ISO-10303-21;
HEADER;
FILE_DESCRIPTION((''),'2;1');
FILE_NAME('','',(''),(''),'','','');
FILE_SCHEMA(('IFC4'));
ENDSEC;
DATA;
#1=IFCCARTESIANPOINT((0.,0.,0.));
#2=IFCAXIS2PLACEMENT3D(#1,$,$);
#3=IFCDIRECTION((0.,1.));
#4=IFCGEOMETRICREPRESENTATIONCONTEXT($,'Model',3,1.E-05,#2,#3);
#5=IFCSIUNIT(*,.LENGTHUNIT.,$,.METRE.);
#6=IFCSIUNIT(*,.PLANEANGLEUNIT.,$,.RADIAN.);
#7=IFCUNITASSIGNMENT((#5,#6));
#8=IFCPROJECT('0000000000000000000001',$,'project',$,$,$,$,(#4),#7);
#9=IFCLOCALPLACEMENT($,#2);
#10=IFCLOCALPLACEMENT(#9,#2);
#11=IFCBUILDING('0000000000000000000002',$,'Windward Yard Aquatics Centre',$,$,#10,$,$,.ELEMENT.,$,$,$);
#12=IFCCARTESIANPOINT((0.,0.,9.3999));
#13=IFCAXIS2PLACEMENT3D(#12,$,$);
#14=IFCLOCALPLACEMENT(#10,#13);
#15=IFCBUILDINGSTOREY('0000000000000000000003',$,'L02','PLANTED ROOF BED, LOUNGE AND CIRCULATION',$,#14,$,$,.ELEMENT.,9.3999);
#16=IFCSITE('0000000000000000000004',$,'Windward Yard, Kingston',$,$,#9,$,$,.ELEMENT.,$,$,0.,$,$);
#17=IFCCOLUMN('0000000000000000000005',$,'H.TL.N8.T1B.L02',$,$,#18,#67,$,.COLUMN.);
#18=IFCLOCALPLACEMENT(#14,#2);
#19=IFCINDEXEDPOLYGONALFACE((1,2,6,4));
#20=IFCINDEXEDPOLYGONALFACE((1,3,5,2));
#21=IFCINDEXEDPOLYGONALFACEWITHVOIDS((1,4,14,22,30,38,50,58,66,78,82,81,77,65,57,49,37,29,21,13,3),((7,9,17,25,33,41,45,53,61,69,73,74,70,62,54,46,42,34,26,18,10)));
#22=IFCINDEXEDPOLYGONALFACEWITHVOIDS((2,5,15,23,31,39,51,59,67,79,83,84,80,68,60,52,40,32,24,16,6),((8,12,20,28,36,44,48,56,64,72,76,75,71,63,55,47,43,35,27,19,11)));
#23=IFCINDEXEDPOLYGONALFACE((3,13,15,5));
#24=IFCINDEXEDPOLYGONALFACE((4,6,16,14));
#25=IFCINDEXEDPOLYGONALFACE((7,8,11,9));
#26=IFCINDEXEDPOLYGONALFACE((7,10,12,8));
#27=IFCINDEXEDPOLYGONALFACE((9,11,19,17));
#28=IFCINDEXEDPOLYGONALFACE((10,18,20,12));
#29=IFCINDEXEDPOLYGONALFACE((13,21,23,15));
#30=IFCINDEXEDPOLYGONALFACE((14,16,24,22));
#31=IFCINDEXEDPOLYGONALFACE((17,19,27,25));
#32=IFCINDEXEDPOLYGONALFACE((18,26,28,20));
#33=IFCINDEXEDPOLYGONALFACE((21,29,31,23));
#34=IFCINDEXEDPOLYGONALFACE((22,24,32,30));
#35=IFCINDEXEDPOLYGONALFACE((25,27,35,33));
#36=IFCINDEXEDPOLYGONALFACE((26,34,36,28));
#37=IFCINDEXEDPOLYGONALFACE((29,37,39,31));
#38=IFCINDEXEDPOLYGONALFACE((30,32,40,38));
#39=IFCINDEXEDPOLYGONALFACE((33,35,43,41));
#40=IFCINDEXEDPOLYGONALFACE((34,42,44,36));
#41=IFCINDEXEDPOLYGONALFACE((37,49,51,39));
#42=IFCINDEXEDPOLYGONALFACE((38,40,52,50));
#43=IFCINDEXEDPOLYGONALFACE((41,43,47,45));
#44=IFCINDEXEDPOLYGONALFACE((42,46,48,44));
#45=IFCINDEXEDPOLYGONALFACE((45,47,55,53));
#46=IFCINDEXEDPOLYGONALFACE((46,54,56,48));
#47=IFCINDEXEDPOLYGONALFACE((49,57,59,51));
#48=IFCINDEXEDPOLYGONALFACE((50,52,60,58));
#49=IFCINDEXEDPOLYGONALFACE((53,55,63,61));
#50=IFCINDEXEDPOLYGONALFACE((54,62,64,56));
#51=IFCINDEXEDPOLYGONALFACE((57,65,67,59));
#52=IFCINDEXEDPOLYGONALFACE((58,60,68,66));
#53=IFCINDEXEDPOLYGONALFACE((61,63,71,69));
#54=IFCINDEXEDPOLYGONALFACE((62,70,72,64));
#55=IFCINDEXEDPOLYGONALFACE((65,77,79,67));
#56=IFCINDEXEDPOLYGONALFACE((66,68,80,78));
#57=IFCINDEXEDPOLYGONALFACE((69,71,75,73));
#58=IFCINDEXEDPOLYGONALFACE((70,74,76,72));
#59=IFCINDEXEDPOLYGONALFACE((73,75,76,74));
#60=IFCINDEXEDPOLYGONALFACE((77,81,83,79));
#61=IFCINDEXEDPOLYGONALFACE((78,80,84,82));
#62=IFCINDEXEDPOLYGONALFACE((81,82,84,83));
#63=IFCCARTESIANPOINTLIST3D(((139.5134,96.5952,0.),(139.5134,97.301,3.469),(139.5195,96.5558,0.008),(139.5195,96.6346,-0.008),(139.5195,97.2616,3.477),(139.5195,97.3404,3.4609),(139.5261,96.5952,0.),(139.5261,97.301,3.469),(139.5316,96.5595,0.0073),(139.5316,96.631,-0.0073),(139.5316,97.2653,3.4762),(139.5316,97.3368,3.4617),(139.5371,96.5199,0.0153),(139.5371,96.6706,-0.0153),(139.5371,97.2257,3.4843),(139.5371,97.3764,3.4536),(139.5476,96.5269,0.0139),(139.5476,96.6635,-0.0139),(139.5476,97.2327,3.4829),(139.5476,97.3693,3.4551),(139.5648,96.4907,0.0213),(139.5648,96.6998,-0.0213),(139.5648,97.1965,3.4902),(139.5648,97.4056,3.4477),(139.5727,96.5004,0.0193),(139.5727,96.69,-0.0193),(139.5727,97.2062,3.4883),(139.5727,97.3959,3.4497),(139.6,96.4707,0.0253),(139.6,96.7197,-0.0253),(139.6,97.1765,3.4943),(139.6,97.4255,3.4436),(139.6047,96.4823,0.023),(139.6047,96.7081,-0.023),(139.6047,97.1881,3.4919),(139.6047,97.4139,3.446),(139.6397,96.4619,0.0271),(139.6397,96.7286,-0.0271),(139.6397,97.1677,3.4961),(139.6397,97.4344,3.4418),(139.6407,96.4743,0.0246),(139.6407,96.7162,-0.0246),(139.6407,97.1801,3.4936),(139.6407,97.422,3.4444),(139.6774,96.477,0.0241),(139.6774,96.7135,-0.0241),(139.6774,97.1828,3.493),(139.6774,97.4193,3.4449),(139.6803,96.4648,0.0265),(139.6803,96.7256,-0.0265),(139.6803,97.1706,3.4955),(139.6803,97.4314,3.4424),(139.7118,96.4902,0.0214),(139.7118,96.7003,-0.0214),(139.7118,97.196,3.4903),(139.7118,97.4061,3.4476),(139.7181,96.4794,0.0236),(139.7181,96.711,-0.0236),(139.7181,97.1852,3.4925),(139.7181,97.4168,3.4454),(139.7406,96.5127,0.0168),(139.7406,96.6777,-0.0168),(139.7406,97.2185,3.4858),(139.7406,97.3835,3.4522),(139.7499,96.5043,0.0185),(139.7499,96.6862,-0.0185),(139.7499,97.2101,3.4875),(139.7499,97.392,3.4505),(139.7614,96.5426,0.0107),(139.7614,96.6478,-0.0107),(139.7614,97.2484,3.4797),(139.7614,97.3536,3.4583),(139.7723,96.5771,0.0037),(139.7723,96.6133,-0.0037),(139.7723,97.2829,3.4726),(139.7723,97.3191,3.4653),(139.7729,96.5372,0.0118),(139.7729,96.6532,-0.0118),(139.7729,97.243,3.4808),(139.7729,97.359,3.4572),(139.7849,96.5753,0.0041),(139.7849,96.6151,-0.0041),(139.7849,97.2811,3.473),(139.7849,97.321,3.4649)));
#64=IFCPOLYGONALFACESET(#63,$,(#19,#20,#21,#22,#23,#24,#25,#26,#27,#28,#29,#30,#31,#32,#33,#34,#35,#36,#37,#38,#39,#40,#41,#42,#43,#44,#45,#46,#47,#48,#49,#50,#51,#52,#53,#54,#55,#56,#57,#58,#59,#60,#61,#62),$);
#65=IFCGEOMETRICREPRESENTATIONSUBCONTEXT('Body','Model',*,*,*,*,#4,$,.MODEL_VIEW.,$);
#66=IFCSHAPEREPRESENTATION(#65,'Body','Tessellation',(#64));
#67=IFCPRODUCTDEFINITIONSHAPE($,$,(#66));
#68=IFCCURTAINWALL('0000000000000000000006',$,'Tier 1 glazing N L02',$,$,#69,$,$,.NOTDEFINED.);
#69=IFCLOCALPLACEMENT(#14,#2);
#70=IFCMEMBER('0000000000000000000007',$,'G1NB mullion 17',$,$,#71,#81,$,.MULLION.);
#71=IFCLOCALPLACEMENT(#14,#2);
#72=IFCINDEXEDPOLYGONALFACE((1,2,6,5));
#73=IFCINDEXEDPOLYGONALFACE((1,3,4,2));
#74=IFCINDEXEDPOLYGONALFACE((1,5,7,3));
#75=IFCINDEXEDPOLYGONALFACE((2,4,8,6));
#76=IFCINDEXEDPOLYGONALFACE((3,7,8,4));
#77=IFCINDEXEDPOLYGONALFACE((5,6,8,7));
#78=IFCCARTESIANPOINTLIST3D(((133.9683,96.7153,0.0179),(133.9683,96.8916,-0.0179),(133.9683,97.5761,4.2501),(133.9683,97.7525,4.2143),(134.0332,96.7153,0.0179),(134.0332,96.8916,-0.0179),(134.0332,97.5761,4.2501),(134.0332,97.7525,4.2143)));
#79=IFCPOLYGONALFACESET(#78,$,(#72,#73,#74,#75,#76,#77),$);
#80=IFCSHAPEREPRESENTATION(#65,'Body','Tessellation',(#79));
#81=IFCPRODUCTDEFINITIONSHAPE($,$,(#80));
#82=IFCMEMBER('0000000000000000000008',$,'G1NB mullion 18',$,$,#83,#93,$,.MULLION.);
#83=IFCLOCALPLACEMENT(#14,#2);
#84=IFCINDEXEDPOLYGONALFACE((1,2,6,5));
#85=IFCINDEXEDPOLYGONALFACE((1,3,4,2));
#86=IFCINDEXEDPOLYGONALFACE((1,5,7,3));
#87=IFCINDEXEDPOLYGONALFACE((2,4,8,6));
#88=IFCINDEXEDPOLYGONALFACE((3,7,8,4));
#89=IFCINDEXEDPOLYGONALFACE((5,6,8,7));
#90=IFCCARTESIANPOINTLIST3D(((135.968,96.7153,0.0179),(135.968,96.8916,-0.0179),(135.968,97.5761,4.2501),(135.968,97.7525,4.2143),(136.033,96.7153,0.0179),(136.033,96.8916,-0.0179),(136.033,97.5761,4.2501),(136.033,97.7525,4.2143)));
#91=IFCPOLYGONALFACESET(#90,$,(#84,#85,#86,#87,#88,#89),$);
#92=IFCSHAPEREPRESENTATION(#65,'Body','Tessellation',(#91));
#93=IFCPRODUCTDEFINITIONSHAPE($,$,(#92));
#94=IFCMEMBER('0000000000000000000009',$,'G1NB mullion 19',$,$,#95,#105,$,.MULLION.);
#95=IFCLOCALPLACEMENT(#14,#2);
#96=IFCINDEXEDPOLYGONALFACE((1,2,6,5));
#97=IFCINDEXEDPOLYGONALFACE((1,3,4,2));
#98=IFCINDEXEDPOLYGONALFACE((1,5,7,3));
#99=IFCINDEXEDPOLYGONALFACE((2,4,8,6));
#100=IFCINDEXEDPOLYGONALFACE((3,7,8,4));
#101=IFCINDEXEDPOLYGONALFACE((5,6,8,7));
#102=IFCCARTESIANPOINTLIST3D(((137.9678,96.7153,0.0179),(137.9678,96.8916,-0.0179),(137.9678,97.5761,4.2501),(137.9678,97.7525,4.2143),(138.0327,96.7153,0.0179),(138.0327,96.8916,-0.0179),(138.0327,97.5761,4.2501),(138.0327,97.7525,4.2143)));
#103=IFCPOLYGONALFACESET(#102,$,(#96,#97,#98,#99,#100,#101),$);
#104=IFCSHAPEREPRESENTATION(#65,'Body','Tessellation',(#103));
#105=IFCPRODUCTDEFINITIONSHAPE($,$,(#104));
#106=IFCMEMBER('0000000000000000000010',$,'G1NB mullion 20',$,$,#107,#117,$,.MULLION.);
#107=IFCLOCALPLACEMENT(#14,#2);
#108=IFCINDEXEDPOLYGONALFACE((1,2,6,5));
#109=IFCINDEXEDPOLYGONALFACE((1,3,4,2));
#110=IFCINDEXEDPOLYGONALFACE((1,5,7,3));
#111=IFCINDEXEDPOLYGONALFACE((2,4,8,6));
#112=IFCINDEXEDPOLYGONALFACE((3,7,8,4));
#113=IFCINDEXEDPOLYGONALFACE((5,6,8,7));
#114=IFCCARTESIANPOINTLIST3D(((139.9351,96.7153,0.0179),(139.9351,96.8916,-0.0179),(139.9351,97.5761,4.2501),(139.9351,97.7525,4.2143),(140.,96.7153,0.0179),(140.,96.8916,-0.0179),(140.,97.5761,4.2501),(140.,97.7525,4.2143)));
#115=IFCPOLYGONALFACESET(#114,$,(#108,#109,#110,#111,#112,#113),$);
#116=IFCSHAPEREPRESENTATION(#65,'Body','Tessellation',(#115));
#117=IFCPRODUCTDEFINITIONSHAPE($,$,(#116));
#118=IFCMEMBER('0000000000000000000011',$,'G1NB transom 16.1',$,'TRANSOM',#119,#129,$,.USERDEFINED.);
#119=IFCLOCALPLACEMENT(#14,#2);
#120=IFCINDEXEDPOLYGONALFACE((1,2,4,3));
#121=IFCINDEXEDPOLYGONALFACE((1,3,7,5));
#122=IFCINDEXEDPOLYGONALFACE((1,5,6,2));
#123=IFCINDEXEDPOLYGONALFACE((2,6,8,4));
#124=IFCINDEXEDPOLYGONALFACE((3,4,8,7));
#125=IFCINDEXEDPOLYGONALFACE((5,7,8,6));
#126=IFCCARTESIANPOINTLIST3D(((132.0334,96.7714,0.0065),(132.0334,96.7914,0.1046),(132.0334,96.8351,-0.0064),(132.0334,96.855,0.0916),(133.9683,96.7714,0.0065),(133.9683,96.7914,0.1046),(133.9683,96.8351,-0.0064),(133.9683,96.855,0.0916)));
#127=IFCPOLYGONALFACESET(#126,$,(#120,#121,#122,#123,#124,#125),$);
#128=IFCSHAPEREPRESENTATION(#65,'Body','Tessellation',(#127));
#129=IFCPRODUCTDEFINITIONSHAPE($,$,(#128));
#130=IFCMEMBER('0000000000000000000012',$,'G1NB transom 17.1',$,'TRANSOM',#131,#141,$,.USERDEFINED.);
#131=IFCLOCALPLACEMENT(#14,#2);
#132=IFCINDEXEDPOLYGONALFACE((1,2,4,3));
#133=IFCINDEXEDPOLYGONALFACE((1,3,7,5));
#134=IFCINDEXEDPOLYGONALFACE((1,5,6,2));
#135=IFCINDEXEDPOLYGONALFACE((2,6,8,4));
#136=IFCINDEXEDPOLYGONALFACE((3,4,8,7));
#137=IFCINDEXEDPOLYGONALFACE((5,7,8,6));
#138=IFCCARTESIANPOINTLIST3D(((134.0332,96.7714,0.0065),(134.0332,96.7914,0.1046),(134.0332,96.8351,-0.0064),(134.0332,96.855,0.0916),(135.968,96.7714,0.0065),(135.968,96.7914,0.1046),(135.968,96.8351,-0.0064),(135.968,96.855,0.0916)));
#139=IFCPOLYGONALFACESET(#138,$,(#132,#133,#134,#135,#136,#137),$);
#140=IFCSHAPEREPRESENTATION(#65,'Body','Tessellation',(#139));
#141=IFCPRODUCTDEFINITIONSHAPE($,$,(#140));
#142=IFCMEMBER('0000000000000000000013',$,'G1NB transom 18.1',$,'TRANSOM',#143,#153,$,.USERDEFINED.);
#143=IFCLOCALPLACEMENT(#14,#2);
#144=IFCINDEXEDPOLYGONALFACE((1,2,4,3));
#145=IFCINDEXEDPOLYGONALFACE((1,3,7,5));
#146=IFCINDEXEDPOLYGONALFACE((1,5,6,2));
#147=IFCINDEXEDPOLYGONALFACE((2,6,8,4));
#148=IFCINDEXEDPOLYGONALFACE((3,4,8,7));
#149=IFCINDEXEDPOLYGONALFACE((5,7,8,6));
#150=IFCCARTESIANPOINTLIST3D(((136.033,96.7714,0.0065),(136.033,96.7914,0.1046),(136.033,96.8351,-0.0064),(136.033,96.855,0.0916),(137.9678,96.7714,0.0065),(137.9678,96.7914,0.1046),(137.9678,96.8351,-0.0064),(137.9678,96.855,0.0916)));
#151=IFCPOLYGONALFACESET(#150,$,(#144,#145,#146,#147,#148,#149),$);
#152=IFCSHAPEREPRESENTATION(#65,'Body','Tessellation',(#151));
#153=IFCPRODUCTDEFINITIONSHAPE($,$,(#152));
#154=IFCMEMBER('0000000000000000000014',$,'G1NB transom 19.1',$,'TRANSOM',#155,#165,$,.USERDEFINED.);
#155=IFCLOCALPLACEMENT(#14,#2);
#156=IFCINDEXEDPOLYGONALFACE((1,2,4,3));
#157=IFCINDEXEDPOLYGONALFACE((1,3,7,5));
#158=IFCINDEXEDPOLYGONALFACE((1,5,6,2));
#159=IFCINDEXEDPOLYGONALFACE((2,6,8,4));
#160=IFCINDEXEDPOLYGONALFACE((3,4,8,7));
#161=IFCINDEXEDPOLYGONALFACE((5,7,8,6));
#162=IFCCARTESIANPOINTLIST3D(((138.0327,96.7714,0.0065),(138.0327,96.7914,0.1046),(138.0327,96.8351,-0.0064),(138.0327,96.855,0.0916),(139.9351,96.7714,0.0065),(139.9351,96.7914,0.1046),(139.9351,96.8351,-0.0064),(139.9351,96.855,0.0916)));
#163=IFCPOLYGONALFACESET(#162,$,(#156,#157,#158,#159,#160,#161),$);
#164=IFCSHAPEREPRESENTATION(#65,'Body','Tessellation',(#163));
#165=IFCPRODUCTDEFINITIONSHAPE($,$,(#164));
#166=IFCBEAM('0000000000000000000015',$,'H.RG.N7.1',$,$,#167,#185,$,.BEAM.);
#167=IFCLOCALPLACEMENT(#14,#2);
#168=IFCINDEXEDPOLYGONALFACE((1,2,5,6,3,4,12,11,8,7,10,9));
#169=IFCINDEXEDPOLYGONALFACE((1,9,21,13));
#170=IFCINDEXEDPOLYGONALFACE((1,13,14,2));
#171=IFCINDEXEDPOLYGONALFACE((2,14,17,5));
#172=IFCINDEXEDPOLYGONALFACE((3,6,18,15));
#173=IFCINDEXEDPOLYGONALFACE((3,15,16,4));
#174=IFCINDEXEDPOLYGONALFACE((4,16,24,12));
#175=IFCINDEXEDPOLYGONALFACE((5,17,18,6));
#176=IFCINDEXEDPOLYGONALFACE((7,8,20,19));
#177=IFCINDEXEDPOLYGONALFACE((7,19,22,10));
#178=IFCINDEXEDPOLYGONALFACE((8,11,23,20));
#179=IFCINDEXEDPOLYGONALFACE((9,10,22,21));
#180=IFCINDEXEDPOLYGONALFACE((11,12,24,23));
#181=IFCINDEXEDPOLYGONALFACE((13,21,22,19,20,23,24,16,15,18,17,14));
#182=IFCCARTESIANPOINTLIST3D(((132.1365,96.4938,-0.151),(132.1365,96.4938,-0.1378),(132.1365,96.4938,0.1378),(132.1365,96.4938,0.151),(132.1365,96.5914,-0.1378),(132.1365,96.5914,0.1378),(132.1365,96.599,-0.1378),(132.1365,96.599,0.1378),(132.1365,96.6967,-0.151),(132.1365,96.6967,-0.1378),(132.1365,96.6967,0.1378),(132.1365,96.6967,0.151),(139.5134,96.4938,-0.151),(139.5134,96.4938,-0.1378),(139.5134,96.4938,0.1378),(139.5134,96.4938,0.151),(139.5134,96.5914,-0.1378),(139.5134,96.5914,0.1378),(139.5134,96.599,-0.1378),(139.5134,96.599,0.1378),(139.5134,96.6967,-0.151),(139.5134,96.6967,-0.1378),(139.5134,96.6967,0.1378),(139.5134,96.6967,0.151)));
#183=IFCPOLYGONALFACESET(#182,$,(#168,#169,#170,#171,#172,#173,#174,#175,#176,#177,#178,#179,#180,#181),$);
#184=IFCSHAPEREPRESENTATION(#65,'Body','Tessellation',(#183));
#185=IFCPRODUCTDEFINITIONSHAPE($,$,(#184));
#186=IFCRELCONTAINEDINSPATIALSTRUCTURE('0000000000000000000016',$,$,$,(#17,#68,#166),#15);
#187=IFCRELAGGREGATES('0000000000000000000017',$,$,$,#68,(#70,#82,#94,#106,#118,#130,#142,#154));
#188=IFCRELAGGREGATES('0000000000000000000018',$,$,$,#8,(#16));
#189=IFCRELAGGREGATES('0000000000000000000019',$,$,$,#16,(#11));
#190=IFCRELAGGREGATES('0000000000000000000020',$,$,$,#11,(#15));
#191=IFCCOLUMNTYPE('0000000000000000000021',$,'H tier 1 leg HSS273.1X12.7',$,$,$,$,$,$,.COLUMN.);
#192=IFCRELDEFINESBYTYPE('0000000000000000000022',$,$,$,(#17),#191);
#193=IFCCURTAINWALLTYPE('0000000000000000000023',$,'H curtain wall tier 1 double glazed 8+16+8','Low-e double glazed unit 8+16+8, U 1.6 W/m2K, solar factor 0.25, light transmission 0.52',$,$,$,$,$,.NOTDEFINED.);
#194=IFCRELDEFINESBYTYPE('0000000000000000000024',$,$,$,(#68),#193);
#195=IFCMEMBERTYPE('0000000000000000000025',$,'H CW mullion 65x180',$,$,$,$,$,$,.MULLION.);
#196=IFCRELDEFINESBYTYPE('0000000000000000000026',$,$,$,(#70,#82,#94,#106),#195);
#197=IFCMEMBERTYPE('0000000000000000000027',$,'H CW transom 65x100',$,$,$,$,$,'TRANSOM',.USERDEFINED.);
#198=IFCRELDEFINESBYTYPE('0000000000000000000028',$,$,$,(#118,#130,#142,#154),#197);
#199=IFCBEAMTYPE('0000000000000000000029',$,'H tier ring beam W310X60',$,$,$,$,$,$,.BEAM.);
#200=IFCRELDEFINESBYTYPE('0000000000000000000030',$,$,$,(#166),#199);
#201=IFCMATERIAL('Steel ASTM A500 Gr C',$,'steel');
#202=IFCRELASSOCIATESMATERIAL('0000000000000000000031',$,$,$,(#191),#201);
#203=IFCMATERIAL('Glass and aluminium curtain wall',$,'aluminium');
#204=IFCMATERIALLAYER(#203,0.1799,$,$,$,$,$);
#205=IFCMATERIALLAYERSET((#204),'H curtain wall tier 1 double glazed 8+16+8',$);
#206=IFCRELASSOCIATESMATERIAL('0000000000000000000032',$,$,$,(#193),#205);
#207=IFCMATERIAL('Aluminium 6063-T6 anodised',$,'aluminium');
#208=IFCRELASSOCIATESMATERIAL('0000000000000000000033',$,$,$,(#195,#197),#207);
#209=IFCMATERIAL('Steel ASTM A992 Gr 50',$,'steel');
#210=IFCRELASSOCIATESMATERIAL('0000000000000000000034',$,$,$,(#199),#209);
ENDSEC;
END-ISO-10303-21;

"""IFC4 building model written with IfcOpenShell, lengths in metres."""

from ifc_helpers import new_model, si_unit, direction, frame, origin, origin_2d, place, context, subcontext, project, spatial, rectangle, hollow_circle, i_section, extrude, material, layer, layer_set, material_profile, profile_set, type_object, element, aggregate, save


model = new_model("IFC4")

# Units and contexts
model_context = context("Model", 3, precision=1e-05, world=origin(), true_north=direction((0.0, 1.0)))
body_context = subcontext(model_context, "Body", "Model", "MODEL_VIEW")
ifc_project = project(units=[si_unit("LENGTHUNIT", "METRE"), si_unit("PLANEANGLEUNIT", "RADIAN")], contexts=[model_context])

# Site, building, storey
site_placement = place(None, origin())
site = spatial("IfcSite", under=ifc_project, at=site_placement, Name="Windward Yard, Kingston", CompositionType="ELEMENT", RefElevation=0.0)
building_placement = place(site_placement, origin())
building = spatial("IfcBuilding", under=site, at=building_placement, Name="Windward Yard Aquatics Centre", CompositionType="ELEMENT")
storey_placement = place(building_placement, frame((0.0, 0.0, 9.3999)))
storey = spatial("IfcBuildingStorey", under=building, at=storey_placement, Name="L02", Description="PLANTED ROOF BED, LOUNGE AND CIRCULATION", CompositionType="ELEMENT", Elevation=9.3999)

# Column
ifc_material_1 = material(Name="Steel ASTM A500 Gr C", Category="steel")
ifc_material_profile_1 = material_profile(ifc_material_1, hollow_circle(Radius=0.1365, WallThickness=0.0127, at=origin_2d()), Name="HSS273.1X12.7")
ifc_profile_set_1 = profile_set([ifc_material_profile_1], Name="Steel ASTM A500 Gr C")
column_type = type_object("IfcColumnType", Name="H tier 1 leg HSS273.1X12.7", PredefinedType="COLUMN", material=ifc_profile_set_1)
column_placement = place(storey_placement, frame((139.6499, 96.5952, 0.0), z_axis=(0.0, 0.199378, 0.979923), x_axis=(-1.0, 0.0, 0.0)))
element("IfcColumn", 1, at=column_placement, inside=storey, type_object=column_type, Name="H.TL.N8.T1B.L02", PredefinedType="COLUMN", context=body_context, shape_type="SweptSolid", body=[
    extrude(hollow_circle(Radius=0.1365, WallThickness=0.0127, at=origin_2d()), origin(), (0.0, 0.0, 1.0), 3.54),
])

# Curtain wall, members
ifc_material_2 = material(Name="Glass and aluminium curtain wall", Category="aluminium")
ifc_layer_1 = layer(ifc_material_2, 0.1799)
ifc_layer_set_1 = layer_set([ifc_layer_1], Name="H curtain wall tier 1 double glazed 8+16+8")
curtain_wall_type = type_object("IfcCurtainWallType", Name="H curtain wall tier 1 double glazed 8+16+8", Description="Low-e double glazed unit 8+16+8, U 1.6 W/m2K, solar factor 0.25, light transmission 0.52", PredefinedType="NOTDEFINED", material=ifc_layer_set_1)
curtain_wall_placement = place(storey_placement, origin())
curtain_wall = element("IfcCurtainWall", 2, at=curtain_wall_placement, inside=storey, type_object=curtain_wall_type, Name="Tier 1 glazing N L02", PredefinedType="NOTDEFINED")
ifc_material_3 = material(Name="Aluminium 6063-T6 anodised", Category="aluminium")
ifc_material_profile_2 = material_profile(ifc_material_3, rectangle(XDim=0.0649, YDim=0.1799, at=origin_2d()), Name="H CW mullion 65x180")
ifc_profile_set_2 = profile_set([ifc_material_profile_2], Name="Aluminium 6063-T6 anodised")
member_type_1 = type_object("IfcMemberType", Name="H CW mullion 65x180", PredefinedType="MULLION", material=ifc_profile_set_2)
member_1_placement = place(storey_placement, frame((134.0007, 96.8035, 0.0), z_axis=(0.0, 0.199322, 0.979934), x_axis=(-1.0, 0.0, 0.0)))
member_1 = element("IfcMember", 3, at=member_1_placement, type_object=member_type_1, Name="G1NB mullion 17", PredefinedType="MULLION", context=body_context, shape_type="SweptSolid", body=[
    extrude(rectangle(XDim=0.0649, YDim=0.1799, at=origin_2d()), origin(), (0.0, 0.0, 1.0), 4.3188),
])
member_2_placement = place(storey_placement, frame((136.0005, 96.8035, 0.0), z_axis=(0.0, 0.199322, 0.979934), x_axis=(-1.0, 0.0, 0.0)))
member_2 = element("IfcMember", 4, at=member_2_placement, type_object=member_type_1, Name="G1NB mullion 18", PredefinedType="MULLION", context=body_context, shape_type="SweptSolid", body=[
    extrude(rectangle(XDim=0.0649, YDim=0.1799, at=origin_2d()), origin(), (0.0, 0.0, 1.0), 4.3188),
])
member_3_placement = place(storey_placement, frame((138.0002, 96.8035, 0.0), z_axis=(0.0, 0.199322, 0.979934), x_axis=(-1.0, 0.0, 0.0)))
member_3 = element("IfcMember", 5, at=member_3_placement, type_object=member_type_1, Name="G1NB mullion 19", PredefinedType="MULLION", context=body_context, shape_type="SweptSolid", body=[
    extrude(rectangle(XDim=0.0649, YDim=0.1799, at=origin_2d()), origin(), (0.0, 0.0, 1.0), 4.3188),
])
member_4_placement = place(storey_placement, frame((139.9675, 96.8035, 0.0), z_axis=(0.0, 0.199322, 0.979934), x_axis=(-1.0, 0.0, 0.0)))
member_4 = element("IfcMember", 6, at=member_4_placement, type_object=member_type_1, Name="G1NB mullion 20", PredefinedType="MULLION", context=body_context, shape_type="SweptSolid", body=[
    extrude(rectangle(XDim=0.0649, YDim=0.1799, at=origin_2d()), origin(), (0.0, 0.0, 1.0), 4.3188),
])
ifc_material_profile_3 = material_profile(ifc_material_3, rectangle(XDim=0.0649, YDim=0.1001, at=origin_2d()), Name="H CW transom 65x100")
ifc_profile_set_3 = profile_set([ifc_material_profile_3], Name="Aluminium 6063-T6 anodised")
member_type_2 = type_object("IfcMemberType", Name="H CW transom 65x100", ElementType="TRANSOM", PredefinedType="USERDEFINED", material=ifc_profile_set_3)
member_5_placement = place(storey_placement, frame((132.0334, 96.8132, 0.0491), z_axis=(1.0, 0.0, 0.0), x_axis=(0.0, -0.979925, 0.199368)))
member_5 = element("IfcMember", 7, at=member_5_placement, type_object=member_type_2, Name="G1NB transom 16.1", ObjectType="TRANSOM", PredefinedType="USERDEFINED", context=body_context, shape_type="SweptSolid", body=[
    extrude(rectangle(XDim=0.0649, YDim=0.1001, at=origin_2d()), origin(), (0.0, 0.0, 1.0), 1.9348),
])
member_6_placement = place(storey_placement, frame((134.0332, 96.8132, 0.0491), z_axis=(1.0, 0.0, 0.0), x_axis=(0.0, -0.979925, 0.199368)))
member_6 = element("IfcMember", 8, at=member_6_placement, type_object=member_type_2, Name="G1NB transom 17.1", ObjectType="TRANSOM", PredefinedType="USERDEFINED", context=body_context, shape_type="SweptSolid", body=[
    extrude(rectangle(XDim=0.0649, YDim=0.1001, at=origin_2d()), origin(), (0.0, 0.0, 1.0), 1.9348),
])
member_7_placement = place(storey_placement, frame((136.033, 96.8132, 0.0491), z_axis=(1.0, 0.0, 0.0), x_axis=(0.0, -0.979925, 0.199368)))
member_7 = element("IfcMember", 9, at=member_7_placement, type_object=member_type_2, Name="G1NB transom 18.1", ObjectType="TRANSOM", PredefinedType="USERDEFINED", context=body_context, shape_type="SweptSolid", body=[
    extrude(rectangle(XDim=0.0649, YDim=0.1001, at=origin_2d()), origin(), (0.0, 0.0, 1.0), 1.9348),
])
member_8_placement = place(storey_placement, frame((138.0327, 96.8132, 0.0491), z_axis=(1.0, 0.0, 0.0), x_axis=(0.0, -0.979925, 0.199368)))
member_8 = element("IfcMember", 10, at=member_8_placement, type_object=member_type_2, Name="G1NB transom 19.1", ObjectType="TRANSOM", PredefinedType="USERDEFINED", context=body_context, shape_type="SweptSolid", body=[
    extrude(rectangle(XDim=0.0649, YDim=0.1001, at=origin_2d()), origin(), (0.0, 0.0, 1.0), 1.9023),
])

# Beam
ifc_material_4 = material(Name="Steel ASTM A992 Gr 50", Category="steel")
ifc_material_profile_4 = material_profile(ifc_material_4, i_section(OverallWidth=0.2029, OverallDepth=0.302, WebThickness=0.0076, FlangeThickness=0.0132, at=origin_2d()), Name="W310X60")
ifc_profile_set_4 = profile_set([ifc_material_profile_4], Name="Steel ASTM A992 Gr 50")
beam_type = type_object("IfcBeamType", Name="H tier ring beam W310X60", PredefinedType="BEAM", material=ifc_profile_set_4)
beam_placement = place(storey_placement, frame((132.1365, 96.5952, 0.0), z_axis=(1.0, 0.0, 0.0), x_axis=(0.0, 1.0, 0.0)))
element("IfcBeam", 11, at=beam_placement, inside=storey, type_object=beam_type, Name="H.RG.N7.1", PredefinedType="BEAM", context=body_context, shape_type="SweptSolid", body=[
    extrude(i_section(OverallWidth=0.2029, OverallDepth=0.302, WebThickness=0.0076, FlangeThickness=0.0132, at=origin_2d()), origin(), (0.0, 0.0, 1.0), 7.377),
])

aggregate(curtain_wall, [member_1, member_2, member_3, member_4, member_5, member_6, member_7, member_8])

save(model, "model.ifc")
